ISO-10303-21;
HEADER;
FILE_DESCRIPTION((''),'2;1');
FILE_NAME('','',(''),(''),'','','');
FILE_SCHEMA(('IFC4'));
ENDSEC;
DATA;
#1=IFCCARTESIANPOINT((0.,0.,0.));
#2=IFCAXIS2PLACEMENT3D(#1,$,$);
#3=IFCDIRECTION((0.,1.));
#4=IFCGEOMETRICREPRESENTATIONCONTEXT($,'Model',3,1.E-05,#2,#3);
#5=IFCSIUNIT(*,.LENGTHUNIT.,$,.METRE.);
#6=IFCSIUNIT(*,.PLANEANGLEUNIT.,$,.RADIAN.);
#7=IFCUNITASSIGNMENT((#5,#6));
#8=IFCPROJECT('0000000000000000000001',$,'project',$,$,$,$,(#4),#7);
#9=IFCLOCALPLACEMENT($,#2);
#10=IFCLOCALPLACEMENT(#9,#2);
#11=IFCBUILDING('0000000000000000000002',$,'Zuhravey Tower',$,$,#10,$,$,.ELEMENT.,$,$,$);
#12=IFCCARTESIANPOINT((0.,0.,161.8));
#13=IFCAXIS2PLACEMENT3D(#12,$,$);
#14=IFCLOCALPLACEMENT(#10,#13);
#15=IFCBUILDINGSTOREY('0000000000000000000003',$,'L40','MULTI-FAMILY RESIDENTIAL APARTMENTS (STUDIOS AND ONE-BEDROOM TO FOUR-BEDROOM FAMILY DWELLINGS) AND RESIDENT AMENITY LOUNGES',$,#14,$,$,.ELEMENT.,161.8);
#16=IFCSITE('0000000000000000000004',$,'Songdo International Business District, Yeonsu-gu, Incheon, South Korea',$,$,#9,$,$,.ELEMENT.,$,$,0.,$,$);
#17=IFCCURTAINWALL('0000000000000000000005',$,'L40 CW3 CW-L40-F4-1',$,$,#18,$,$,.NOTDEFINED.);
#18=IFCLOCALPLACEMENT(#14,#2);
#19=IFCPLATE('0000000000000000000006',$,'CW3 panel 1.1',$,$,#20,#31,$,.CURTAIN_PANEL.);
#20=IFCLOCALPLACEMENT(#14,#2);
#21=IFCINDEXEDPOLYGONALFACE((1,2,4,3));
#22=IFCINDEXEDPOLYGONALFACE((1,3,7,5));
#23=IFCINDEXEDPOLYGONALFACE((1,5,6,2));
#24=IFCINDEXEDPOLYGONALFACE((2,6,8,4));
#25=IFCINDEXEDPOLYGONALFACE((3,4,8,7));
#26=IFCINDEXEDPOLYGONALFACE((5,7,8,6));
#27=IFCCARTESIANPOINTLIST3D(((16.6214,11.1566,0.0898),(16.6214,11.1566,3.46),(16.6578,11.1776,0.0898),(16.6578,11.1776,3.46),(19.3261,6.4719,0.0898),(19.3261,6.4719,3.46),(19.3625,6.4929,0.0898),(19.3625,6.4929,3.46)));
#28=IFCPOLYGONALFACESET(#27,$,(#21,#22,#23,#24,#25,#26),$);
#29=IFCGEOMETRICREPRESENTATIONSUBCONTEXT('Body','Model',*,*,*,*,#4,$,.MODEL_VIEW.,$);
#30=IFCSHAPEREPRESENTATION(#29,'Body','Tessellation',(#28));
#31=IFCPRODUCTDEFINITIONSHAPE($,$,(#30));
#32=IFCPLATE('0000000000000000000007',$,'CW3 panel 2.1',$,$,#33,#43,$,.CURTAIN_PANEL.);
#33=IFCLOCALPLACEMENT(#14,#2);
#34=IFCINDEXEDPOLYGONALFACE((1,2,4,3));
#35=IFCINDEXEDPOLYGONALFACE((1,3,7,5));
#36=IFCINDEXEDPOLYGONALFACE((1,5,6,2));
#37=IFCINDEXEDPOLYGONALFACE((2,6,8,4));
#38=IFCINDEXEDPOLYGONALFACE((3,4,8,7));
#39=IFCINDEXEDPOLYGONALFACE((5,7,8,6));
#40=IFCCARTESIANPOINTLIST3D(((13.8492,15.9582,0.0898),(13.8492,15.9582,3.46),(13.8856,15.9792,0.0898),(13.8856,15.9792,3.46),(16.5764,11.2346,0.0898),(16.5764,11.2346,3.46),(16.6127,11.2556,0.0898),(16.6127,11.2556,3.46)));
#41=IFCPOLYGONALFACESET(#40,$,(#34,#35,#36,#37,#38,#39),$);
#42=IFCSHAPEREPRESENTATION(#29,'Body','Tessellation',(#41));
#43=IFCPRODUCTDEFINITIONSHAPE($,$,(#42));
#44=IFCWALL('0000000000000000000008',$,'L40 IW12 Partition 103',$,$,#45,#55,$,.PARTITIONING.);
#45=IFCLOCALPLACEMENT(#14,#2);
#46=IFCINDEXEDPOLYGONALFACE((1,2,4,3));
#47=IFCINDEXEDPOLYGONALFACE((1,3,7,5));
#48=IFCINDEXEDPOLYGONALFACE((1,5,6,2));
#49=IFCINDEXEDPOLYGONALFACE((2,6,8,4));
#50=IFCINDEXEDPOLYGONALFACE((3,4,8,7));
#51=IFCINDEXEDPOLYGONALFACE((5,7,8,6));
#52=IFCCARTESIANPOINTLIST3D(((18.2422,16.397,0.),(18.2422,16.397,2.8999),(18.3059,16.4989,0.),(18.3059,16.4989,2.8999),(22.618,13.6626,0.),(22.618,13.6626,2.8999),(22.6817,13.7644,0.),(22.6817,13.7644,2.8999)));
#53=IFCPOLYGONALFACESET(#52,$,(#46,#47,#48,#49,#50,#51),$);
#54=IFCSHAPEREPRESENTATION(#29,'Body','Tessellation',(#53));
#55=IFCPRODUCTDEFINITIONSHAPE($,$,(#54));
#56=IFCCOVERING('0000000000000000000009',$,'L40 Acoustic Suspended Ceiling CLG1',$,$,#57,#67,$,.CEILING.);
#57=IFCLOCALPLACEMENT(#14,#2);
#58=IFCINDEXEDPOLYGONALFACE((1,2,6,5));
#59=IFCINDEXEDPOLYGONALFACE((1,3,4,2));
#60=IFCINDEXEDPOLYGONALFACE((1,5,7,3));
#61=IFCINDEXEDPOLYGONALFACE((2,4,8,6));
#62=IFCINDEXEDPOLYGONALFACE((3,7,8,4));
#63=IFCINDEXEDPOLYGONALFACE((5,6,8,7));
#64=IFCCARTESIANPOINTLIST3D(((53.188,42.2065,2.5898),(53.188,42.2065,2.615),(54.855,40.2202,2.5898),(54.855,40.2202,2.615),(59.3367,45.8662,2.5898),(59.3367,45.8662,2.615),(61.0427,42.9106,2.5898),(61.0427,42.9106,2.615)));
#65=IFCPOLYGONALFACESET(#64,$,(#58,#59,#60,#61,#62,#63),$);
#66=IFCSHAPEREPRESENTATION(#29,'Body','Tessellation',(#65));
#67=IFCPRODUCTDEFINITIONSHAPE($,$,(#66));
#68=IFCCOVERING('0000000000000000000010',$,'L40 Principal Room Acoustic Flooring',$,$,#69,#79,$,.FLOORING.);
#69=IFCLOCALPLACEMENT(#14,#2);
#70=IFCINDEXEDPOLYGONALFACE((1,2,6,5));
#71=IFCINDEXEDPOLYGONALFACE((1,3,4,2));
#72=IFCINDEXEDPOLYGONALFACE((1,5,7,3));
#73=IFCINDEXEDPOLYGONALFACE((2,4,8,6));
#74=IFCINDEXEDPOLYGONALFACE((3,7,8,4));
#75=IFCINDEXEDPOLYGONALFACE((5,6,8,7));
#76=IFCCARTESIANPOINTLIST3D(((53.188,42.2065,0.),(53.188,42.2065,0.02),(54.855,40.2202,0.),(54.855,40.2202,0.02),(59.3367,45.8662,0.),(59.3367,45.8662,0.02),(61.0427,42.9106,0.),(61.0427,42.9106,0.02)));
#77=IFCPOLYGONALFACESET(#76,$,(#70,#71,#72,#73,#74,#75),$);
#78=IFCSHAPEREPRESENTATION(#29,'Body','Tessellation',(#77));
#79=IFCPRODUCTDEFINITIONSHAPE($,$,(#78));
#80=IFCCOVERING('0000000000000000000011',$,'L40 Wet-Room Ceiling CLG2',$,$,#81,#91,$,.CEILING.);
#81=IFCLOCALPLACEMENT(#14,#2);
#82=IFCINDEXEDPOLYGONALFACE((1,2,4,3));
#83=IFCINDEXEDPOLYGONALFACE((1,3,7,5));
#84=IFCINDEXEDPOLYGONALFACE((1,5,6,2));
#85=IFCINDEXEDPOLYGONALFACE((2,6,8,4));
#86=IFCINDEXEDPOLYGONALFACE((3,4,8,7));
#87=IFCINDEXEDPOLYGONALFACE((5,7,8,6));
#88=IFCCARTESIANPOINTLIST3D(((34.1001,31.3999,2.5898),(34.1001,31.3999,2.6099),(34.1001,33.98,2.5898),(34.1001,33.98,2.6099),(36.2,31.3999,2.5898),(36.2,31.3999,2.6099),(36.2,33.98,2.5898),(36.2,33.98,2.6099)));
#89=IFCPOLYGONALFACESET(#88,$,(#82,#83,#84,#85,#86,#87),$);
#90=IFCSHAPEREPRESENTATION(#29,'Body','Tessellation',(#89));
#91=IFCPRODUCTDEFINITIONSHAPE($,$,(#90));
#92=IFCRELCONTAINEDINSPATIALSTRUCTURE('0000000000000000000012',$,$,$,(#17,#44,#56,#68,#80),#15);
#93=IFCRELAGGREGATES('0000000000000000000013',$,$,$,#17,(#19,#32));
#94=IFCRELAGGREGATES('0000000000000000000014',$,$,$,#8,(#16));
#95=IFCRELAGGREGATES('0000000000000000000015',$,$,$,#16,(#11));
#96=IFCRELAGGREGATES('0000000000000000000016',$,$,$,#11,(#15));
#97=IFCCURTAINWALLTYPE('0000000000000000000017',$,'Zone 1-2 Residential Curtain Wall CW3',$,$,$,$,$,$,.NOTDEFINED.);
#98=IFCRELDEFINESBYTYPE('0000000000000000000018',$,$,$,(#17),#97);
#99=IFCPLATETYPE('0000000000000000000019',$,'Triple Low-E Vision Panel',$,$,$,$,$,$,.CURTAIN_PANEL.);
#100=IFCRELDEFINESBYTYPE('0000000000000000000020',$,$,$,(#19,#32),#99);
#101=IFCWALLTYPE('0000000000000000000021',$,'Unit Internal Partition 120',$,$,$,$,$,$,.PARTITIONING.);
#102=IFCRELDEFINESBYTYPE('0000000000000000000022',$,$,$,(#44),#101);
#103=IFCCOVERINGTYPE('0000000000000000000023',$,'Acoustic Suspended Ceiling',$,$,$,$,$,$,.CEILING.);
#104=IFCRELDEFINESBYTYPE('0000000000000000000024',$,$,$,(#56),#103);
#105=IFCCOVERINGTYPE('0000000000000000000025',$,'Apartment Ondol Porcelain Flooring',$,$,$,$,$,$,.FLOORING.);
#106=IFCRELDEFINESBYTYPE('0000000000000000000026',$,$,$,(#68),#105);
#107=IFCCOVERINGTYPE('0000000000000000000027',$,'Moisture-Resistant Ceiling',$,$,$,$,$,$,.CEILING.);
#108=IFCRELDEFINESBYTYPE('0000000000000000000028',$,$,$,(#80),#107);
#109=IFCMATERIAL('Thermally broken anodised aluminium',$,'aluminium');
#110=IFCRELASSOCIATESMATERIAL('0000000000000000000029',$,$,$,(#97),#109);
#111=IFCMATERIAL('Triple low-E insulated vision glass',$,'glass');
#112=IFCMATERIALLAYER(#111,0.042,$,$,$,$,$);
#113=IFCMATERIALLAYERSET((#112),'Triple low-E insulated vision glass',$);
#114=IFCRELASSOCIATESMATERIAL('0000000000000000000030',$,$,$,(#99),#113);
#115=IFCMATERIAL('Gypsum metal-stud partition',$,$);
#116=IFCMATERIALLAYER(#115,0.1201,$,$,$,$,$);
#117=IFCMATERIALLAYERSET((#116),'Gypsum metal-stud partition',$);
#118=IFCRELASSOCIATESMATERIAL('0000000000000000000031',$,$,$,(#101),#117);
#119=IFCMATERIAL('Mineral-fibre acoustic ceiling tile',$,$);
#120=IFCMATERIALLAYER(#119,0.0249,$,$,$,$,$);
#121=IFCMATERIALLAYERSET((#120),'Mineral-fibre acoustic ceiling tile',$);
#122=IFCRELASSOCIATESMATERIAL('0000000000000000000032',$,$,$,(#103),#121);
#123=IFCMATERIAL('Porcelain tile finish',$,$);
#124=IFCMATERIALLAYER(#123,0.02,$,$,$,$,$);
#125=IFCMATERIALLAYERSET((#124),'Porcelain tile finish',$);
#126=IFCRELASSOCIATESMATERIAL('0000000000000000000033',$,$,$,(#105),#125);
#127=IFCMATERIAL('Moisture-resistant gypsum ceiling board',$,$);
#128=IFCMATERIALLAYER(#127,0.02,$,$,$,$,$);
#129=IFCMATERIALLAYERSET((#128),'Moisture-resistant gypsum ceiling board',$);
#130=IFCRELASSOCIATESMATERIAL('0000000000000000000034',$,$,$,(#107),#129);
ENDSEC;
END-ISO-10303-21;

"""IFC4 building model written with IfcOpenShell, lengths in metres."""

from ifc_helpers import new_model, si_unit, direction, frame, frame_2d, origin, origin_2d, place, context, subcontext, project, spatial, polyline, rectangle, outline, extrude, material, layer, layer_set, type_object, element, aggregate, save


model = new_model("IFC4")

# Units and contexts
model_context = context("Model", 3, precision=1e-05, world=origin(), true_north=direction((0.0, 1.0)))
body_context = subcontext(model_context, "Body", "Model", "MODEL_VIEW")
ifc_project = project(units=[si_unit("LENGTHUNIT", "METRE"), si_unit("PLANEANGLEUNIT", "RADIAN")], contexts=[model_context])

# Site, building, storey
site_placement = place(None, origin())
site = spatial("IfcSite", under=ifc_project, at=site_placement, Name="Songdo International Business District, Yeonsu-gu, Incheon, South Korea", CompositionType="ELEMENT", RefElevation=0.0)
building_placement = place(site_placement, origin())
building = spatial("IfcBuilding", under=site, at=building_placement, Name="Zuhravey Tower", CompositionType="ELEMENT")
storey_placement = place(building_placement, frame((0.0, 0.0, 161.8)))
storey = spatial("IfcBuildingStorey", under=building, at=storey_placement, Name="L40", Description="MULTI-FAMILY RESIDENTIAL APARTMENTS (STUDIOS AND ONE-BEDROOM TO FOUR-BEDROOM FAMILY DWELLINGS) AND RESIDENT AMENITY LOUNGES", CompositionType="ELEMENT", Elevation=161.8)

# Curtain wall
ifc_material_1 = material(Name="Thermally broken anodised aluminium", Category="aluminium")
curtain_wall_type = type_object("IfcCurtainWallType", Name="Zone 1-2 Residential Curtain Wall CW3", PredefinedType="NOTDEFINED", material=ifc_material_1)
curtain_wall_placement = place(storey_placement, origin())
curtain_wall = element("IfcCurtainWall", 1, at=curtain_wall_placement, inside=storey, type_object=curtain_wall_type, Name="L40 CW3 CW-L40-F4-1", PredefinedType="NOTDEFINED")

# Plates
ifc_material_2 = material(Name="Triple low-E insulated vision glass", Category="glass")
ifc_layer_1 = layer(ifc_material_2, 0.042)
ifc_layer_set_1 = layer_set([ifc_layer_1], Name="Triple low-E insulated vision glass")
plate_type_1 = type_object("IfcPlateType", Name="Triple Low-E Vision Panel", PredefinedType="CURTAIN_PANEL", material=ifc_layer_set_1)
plate_1_placement = place(storey_placement, frame((17.9919, 8.8247, 0.0898), z_axis=(0.0, 0.0, 1.0), x_axis=(-0.5, 0.866025, 0.0)))
plate_1 = element("IfcPlate", 2, at=plate_1_placement, type_object=plate_type_1, Name="CW3 panel 1.1", PredefinedType="CURTAIN_PANEL", context=body_context, shape_type="SweptSolid", body=[
    extrude(rectangle(XDim=5.4094, YDim=0.042, at=origin_2d()), origin(), (0.0, 0.0, 1.0), 3.3701),
])
plate_2_placement = place(storey_placement, frame((15.231, 13.6069, 0.0898), z_axis=(0.0, 0.0, 1.0), x_axis=(-0.5, 0.866025, 0.0)))
plate_2 = element("IfcPlate", 3, at=plate_2_placement, type_object=plate_type_1, Name="CW3 panel 2.1", PredefinedType="CURTAIN_PANEL", context=body_context, shape_type="SweptSolid", body=[
    extrude(rectangle(XDim=5.4543, YDim=0.042, at=origin_2d()), origin(), (0.0, 0.0, 1.0), 3.3701),
])
aggregate(curtain_wall, [plate_1, plate_2])

# Wall
ifc_material_3 = material(Name="Gypsum metal-stud partition")
ifc_layer_2 = layer(ifc_material_3, 0.1201)
ifc_layer_set_2 = layer_set([ifc_layer_2], Name="Gypsum metal-stud partition")
wall_type = type_object("IfcWallType", Name="Unit Internal Partition 120", PredefinedType="PARTITIONING", material=ifc_layer_set_2)
wall_placement = place(storey_placement, frame((18.2739, 16.448, 0.0), z_axis=(0.0, 0.0, 1.0), x_axis=(0.848038, -0.529935, 0.0)))
element("IfcWall", 4, at=wall_placement, inside=storey, type_object=wall_type, Name="L40 IW12 Partition 103", PredefinedType="PARTITIONING", context=body_context, shape_type="SweptSolid", body=[
    extrude(rectangle(XDim=5.1599, YDim=0.1201, at=frame_2d((2.5801, 0.0))), origin(), (0.0, 0.0, 1.0), 2.8999),
])

# Coverings
ifc_material_4 = material(Name="Mineral-fibre acoustic ceiling tile")
ifc_layer_3 = layer(ifc_material_4, 0.0249)
ifc_layer_set_3 = layer_set([ifc_layer_3], Name="Mineral-fibre acoustic ceiling tile")
covering_type_1 = type_object("IfcCoveringType", Name="Acoustic Suspended Ceiling", PredefinedType="CEILING", material=ifc_layer_set_3)
covering_1_placement = place(storey_placement, frame((0.0, 0.0, 2.5898)))
element("IfcCovering", 5, at=covering_1_placement, inside=storey, type_object=covering_type_1, Name="L40 Acoustic Suspended Ceiling CLG1", PredefinedType="CEILING", context=body_context, shape_type="SweptSolid", body=[
    extrude(outline(polyline([(59.3367, 45.8662), (61.0427, 42.9106), (54.855, 40.2202), (53.188, 42.2065), (59.3367, 45.8662)])), origin(), (0.0, 0.0, 1.0), 0.0251),
])
ifc_material_5 = material(Name="Porcelain tile finish")
ifc_layer_4 = layer(ifc_material_5, 0.02)
ifc_layer_set_4 = layer_set([ifc_layer_4], Name="Porcelain tile finish")
covering_type_2 = type_object("IfcCoveringType", Name="Apartment Ondol Porcelain Flooring", PredefinedType="FLOORING", material=ifc_layer_set_4)
covering_2_placement = place(storey_placement, origin())
element("IfcCovering", 6, at=covering_2_placement, inside=storey, type_object=covering_type_2, Name="L40 Principal Room Acoustic Flooring", PredefinedType="FLOORING", context=body_context, shape_type="SweptSolid", body=[
    extrude(outline(polyline([(59.3367, 45.8662), (61.0427, 42.9106), (54.855, 40.2202), (53.188, 42.2065), (59.3367, 45.8662)])), origin(), (0.0, 0.0, 1.0), 0.02),
])
ifc_material_6 = material(Name="Moisture-resistant gypsum ceiling board")
ifc_layer_5 = layer(ifc_material_6, 0.02)
ifc_layer_set_5 = layer_set([ifc_layer_5], Name="Moisture-resistant gypsum ceiling board")
covering_type_3 = type_object("IfcCoveringType", Name="Moisture-Resistant Ceiling", PredefinedType="CEILING", material=ifc_layer_set_5)
covering_3_placement = place(storey_placement, frame((0.0, 0.0, 2.5898)))
element("IfcCovering", 7, at=covering_3_placement, inside=storey, type_object=covering_type_3, Name="L40 Wet-Room Ceiling CLG2", PredefinedType="CEILING", context=body_context, shape_type="SweptSolid", body=[
    extrude(outline(polyline([(36.2, 31.3999), (36.2, 33.98), (34.1001, 33.98), (34.1001, 31.3999), (36.2, 31.3999)])), origin(), (0.0, 0.0, 1.0), 0.02),
])

save(model, "model.ifc")
